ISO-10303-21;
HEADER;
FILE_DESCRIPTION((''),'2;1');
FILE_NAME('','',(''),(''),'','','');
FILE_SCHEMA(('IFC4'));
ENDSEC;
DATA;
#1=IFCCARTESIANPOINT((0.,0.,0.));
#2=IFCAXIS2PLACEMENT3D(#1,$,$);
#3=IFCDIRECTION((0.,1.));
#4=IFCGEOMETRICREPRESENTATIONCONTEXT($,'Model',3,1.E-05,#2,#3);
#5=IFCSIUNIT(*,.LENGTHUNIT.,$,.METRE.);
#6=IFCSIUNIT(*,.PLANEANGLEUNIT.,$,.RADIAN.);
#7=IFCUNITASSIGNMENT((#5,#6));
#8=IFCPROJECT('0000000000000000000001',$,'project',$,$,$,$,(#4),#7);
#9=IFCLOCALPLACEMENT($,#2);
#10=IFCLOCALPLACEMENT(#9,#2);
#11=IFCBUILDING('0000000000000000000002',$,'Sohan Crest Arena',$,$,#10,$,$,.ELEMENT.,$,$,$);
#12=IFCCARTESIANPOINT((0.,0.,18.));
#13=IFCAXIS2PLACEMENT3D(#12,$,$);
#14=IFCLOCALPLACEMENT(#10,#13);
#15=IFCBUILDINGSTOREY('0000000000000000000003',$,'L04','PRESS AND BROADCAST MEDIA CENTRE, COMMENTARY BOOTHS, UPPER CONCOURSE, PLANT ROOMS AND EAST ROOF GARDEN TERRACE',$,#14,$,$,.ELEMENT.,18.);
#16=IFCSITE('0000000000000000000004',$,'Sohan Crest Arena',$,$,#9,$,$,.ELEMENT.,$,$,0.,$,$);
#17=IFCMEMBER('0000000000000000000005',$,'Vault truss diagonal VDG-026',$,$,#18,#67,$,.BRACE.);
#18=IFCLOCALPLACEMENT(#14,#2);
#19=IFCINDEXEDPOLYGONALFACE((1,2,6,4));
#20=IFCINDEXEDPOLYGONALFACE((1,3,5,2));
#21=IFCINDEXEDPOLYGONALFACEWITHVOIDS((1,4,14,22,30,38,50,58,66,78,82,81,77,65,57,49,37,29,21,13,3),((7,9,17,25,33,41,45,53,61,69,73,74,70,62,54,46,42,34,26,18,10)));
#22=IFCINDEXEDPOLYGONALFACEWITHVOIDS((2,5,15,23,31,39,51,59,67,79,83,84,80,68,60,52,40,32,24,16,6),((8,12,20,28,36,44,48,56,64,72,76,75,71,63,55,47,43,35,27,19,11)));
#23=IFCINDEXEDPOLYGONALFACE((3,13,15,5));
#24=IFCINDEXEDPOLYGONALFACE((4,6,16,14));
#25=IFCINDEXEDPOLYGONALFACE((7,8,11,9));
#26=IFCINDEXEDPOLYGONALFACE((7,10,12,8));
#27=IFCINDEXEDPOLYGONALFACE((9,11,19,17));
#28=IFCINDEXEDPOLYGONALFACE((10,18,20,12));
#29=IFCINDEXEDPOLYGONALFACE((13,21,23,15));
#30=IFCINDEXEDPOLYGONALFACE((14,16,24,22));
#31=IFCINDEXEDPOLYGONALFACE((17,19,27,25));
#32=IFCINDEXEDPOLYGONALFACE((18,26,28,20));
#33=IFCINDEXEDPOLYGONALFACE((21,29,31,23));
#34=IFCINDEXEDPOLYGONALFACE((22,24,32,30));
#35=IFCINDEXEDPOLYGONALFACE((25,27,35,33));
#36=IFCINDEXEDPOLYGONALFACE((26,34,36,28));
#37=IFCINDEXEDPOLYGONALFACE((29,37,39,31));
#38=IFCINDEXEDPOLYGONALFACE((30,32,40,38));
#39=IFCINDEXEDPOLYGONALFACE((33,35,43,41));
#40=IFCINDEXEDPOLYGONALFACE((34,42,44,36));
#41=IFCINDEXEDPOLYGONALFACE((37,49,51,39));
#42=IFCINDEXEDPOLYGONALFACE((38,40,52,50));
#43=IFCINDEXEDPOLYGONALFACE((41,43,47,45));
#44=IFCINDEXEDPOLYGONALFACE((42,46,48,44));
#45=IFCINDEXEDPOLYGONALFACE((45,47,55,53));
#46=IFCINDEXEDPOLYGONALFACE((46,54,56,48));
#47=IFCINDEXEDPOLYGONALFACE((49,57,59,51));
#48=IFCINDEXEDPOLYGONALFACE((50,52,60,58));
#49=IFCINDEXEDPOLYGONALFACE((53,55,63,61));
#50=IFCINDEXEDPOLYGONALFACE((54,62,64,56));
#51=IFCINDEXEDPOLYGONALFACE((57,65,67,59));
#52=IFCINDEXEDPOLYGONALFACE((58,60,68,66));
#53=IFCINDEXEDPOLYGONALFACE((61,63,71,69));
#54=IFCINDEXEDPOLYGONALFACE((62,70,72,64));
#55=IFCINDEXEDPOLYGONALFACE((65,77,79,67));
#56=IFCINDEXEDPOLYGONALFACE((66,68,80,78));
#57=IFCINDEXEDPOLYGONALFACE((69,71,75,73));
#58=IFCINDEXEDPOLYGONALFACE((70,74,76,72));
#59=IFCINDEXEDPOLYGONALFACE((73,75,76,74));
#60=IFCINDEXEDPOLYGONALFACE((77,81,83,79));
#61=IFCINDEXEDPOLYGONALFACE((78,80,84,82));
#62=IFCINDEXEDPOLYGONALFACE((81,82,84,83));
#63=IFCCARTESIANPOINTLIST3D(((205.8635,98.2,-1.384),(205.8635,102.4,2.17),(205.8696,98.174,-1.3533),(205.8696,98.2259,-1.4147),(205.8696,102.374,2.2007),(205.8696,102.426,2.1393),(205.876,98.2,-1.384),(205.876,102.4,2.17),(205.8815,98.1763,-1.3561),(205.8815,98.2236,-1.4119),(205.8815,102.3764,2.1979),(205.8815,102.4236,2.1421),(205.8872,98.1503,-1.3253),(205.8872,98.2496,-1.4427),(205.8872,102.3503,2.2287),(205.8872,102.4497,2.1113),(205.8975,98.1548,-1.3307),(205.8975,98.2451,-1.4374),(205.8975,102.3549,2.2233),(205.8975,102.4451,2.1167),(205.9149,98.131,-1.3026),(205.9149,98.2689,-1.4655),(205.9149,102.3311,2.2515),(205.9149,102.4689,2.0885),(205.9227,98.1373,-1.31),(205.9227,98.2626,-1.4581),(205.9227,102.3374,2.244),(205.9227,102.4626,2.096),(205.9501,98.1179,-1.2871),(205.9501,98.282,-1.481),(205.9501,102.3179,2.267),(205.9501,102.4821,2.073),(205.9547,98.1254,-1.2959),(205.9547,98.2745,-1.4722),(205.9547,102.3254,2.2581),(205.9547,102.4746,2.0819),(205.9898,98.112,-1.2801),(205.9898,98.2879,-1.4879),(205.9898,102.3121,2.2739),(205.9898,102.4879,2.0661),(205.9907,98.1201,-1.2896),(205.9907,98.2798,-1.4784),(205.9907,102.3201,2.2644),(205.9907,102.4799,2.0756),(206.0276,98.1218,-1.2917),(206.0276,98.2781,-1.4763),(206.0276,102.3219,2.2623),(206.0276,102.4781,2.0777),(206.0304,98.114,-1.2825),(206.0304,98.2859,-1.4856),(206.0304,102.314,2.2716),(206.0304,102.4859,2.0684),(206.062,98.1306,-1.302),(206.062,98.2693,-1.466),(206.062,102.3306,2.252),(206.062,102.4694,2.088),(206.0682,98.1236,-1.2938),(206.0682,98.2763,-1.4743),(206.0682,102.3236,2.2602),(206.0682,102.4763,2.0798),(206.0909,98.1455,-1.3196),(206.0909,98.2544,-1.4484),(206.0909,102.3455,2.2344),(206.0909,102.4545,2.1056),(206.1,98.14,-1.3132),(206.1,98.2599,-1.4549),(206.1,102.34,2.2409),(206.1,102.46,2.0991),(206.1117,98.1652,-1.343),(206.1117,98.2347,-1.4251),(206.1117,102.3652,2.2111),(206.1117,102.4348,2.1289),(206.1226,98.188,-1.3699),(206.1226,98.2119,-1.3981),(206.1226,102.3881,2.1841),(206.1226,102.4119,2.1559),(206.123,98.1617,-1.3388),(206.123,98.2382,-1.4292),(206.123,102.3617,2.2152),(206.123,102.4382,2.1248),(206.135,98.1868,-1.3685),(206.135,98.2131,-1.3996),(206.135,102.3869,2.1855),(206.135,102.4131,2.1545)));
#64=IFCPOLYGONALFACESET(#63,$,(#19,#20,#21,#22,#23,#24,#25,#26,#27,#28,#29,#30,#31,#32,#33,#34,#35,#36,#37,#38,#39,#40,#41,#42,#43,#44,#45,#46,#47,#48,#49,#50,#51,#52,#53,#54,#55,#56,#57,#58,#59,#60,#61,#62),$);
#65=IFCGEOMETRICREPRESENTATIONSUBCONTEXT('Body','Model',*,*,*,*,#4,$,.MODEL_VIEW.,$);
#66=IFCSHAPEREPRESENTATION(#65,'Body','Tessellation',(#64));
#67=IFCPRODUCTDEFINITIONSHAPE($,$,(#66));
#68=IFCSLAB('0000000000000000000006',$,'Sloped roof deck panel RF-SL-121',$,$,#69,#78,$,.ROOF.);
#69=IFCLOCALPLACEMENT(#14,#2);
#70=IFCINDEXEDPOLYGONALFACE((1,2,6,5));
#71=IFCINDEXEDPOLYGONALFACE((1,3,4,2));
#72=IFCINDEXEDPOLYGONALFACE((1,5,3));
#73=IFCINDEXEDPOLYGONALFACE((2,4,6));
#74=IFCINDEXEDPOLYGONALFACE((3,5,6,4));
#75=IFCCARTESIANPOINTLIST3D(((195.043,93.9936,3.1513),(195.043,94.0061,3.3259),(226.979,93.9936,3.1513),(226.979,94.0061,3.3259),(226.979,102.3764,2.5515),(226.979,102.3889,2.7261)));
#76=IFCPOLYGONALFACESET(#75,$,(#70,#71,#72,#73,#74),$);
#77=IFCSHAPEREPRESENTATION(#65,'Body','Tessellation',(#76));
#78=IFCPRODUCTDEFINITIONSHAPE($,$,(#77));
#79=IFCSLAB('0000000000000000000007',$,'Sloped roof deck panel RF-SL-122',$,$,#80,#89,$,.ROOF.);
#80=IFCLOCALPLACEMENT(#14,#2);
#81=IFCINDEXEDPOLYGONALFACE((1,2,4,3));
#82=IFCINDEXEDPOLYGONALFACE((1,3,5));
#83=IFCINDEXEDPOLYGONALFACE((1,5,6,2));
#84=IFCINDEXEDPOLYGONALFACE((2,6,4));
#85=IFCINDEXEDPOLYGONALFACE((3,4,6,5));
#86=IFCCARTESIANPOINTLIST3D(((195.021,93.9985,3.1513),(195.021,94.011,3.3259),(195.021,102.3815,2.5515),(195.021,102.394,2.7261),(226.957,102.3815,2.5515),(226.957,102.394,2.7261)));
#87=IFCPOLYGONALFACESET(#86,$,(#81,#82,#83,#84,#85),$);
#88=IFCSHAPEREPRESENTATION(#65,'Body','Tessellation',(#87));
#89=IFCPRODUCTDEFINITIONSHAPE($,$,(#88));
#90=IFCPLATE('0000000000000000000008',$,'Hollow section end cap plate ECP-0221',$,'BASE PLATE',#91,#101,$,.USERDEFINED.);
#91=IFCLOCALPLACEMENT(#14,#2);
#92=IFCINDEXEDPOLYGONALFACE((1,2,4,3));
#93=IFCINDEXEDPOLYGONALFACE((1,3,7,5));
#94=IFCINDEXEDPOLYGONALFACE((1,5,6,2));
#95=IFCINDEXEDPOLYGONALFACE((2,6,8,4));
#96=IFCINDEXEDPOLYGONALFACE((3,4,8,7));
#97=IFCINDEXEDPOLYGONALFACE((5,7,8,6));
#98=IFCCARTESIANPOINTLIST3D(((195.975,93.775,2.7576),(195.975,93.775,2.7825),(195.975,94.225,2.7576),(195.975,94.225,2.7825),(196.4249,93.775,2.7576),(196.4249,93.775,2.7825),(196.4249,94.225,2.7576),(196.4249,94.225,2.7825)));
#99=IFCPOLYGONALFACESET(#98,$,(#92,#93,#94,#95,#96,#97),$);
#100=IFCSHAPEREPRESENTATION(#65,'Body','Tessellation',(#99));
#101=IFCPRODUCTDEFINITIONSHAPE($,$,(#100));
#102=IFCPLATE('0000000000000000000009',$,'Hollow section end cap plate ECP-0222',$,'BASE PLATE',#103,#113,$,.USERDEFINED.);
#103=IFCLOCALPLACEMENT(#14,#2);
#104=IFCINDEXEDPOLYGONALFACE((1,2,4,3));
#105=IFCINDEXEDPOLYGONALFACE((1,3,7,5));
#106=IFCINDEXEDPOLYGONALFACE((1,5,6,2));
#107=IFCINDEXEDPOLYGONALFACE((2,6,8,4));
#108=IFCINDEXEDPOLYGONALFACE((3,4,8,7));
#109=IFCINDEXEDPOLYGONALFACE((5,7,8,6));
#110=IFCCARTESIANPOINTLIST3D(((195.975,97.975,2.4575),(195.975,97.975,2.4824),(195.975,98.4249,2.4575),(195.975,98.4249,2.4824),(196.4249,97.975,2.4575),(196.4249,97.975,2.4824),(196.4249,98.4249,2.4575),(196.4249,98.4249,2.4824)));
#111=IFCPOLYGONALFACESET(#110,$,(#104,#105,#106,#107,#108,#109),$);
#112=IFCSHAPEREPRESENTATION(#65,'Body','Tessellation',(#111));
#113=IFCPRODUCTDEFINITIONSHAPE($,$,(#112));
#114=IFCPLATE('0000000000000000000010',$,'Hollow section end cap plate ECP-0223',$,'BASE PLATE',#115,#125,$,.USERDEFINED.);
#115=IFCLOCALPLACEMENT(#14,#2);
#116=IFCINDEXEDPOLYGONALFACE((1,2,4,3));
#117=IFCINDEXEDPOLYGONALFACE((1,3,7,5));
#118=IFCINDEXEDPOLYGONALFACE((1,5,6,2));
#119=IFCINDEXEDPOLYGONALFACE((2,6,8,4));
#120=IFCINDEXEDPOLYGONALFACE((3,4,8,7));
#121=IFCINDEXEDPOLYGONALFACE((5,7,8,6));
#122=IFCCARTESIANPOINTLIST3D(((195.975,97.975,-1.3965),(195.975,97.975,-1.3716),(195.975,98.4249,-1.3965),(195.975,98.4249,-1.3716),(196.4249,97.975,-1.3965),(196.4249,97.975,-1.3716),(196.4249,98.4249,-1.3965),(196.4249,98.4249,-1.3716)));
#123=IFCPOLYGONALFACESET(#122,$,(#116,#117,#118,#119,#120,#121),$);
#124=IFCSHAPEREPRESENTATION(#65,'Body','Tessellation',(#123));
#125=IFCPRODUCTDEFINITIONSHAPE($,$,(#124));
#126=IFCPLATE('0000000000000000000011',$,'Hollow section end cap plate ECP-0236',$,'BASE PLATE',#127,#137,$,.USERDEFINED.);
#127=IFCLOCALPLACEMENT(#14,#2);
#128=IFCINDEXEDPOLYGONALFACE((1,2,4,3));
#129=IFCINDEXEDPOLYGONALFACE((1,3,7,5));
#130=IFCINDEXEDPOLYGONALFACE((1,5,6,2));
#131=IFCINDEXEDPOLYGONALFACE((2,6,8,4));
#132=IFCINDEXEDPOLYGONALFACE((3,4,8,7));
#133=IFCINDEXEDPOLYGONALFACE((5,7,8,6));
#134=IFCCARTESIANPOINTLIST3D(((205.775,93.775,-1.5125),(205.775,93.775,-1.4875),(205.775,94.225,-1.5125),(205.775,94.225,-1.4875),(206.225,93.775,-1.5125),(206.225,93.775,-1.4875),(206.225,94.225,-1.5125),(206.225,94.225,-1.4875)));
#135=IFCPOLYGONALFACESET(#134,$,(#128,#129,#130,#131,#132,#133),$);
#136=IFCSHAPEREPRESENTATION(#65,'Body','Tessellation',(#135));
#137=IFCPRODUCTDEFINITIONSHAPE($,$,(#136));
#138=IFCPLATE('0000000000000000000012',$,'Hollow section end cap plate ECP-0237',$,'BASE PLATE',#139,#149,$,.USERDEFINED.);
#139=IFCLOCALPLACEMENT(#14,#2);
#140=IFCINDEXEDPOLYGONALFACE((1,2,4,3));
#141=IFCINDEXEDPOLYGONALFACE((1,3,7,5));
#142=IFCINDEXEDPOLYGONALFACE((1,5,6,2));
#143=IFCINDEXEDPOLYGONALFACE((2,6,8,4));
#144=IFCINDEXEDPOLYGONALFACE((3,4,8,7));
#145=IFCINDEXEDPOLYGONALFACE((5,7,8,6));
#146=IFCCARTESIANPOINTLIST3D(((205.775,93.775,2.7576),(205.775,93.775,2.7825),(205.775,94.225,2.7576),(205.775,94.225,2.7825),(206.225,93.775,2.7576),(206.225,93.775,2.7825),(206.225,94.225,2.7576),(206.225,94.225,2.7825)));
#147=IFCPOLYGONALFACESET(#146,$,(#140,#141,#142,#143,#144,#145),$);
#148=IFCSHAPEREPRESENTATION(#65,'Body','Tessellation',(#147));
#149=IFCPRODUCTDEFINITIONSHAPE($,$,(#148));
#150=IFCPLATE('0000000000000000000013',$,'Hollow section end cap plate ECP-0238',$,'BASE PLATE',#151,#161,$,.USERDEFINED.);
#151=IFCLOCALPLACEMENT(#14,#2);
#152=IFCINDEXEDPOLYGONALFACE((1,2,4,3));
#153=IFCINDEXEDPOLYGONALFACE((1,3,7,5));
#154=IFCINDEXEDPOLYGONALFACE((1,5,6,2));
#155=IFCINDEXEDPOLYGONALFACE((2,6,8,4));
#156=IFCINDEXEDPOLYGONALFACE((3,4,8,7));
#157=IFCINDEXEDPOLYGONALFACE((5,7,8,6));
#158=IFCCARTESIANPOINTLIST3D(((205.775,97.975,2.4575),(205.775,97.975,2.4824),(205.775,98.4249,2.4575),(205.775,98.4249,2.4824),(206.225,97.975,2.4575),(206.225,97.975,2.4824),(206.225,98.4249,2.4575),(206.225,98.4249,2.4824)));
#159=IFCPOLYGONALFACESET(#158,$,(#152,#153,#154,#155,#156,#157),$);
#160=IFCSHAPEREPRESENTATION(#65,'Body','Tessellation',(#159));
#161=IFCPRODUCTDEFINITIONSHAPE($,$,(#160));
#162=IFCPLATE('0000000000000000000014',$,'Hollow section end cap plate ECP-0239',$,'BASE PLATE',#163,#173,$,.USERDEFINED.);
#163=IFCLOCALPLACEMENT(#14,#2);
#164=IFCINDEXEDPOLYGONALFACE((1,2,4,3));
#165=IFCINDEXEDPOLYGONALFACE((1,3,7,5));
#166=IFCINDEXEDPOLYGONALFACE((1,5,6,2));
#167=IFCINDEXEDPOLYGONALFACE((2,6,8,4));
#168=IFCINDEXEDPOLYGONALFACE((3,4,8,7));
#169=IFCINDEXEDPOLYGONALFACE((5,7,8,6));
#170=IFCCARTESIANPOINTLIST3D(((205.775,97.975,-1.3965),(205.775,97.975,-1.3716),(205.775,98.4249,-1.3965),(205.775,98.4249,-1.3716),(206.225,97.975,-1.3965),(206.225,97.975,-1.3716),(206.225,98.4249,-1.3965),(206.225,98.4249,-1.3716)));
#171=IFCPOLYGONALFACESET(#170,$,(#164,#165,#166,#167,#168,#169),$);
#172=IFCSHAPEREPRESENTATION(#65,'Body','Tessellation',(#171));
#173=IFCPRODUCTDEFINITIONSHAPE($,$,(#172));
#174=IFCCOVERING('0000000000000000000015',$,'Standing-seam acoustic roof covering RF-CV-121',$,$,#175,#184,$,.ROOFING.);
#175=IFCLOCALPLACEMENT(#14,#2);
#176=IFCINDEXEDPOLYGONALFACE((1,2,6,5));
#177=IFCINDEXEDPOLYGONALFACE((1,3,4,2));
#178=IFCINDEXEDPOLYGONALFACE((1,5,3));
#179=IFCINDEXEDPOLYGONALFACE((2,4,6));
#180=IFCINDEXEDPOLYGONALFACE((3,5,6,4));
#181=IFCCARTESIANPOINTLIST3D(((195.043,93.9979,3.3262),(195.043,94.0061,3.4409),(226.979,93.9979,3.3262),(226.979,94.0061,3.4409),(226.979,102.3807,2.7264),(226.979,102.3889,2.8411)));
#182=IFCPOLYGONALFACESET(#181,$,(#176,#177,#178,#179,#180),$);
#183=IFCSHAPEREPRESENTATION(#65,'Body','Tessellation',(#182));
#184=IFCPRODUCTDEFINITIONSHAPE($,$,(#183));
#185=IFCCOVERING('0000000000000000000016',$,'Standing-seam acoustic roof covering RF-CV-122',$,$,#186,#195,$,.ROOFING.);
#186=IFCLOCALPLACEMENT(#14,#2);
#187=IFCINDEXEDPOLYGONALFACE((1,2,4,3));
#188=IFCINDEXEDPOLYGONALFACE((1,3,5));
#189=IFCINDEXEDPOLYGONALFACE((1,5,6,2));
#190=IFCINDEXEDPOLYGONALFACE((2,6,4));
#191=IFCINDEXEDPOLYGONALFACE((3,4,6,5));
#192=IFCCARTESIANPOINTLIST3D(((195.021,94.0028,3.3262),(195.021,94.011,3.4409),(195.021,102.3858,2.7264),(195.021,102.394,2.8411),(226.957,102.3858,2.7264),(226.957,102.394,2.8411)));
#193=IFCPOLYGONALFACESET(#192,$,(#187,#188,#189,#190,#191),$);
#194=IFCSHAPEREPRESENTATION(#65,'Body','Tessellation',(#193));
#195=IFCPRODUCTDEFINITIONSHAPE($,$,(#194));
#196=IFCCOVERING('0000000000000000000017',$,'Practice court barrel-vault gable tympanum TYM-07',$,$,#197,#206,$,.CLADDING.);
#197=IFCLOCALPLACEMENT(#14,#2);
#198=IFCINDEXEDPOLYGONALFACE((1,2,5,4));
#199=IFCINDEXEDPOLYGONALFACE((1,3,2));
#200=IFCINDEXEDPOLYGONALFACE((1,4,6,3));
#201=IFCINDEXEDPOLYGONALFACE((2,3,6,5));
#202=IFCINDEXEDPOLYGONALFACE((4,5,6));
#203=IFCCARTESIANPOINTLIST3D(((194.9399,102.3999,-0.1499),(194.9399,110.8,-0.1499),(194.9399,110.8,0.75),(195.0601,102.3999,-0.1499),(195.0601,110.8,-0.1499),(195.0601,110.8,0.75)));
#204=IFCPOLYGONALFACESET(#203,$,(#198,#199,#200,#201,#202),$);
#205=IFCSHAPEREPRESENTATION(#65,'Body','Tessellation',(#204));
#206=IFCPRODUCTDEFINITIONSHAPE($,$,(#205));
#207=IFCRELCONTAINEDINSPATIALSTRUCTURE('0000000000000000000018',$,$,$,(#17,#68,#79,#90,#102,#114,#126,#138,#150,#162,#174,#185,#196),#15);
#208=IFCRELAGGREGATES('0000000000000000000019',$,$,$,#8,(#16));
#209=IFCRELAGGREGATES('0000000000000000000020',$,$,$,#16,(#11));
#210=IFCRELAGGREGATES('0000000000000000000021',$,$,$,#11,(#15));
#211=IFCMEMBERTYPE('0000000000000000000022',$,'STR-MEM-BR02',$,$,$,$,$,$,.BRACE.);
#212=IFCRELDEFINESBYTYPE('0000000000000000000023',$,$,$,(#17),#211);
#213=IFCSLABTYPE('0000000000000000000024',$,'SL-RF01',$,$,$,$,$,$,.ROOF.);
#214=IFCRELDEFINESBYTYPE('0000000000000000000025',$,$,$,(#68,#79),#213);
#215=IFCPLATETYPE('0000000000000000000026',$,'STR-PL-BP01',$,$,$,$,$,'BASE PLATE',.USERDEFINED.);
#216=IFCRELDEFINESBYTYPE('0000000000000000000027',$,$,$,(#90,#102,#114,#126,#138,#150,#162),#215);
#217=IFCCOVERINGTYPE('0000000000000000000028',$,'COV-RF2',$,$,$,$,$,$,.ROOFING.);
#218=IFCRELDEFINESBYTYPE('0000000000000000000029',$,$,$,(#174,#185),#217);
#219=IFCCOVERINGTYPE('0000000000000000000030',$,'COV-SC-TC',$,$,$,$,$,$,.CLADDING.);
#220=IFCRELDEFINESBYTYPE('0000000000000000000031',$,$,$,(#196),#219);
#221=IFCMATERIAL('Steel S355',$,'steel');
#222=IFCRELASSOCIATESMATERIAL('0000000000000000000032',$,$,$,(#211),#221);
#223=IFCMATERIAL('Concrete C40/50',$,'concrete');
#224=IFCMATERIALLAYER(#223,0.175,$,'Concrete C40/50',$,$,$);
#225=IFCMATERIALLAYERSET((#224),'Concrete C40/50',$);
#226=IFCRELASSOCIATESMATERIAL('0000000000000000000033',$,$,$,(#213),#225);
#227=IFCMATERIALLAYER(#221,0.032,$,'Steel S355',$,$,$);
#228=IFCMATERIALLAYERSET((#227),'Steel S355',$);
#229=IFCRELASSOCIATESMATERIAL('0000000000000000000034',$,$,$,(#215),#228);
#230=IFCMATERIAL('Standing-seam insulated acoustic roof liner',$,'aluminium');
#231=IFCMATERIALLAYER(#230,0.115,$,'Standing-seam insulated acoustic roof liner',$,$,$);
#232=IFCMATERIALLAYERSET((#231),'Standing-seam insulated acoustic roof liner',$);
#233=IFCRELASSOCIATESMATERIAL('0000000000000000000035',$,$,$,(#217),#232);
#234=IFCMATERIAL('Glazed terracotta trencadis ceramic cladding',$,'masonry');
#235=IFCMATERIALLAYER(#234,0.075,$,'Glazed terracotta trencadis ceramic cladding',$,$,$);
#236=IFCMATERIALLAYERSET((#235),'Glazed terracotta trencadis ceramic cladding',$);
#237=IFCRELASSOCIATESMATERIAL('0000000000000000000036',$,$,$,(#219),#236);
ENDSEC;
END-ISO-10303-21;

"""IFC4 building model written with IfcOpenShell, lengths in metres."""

from ifc_helpers import new_model, si_unit, direction, frame, origin, origin_2d, place, context, subcontext, project, spatial, polyline, rectangle, hollow_circle, outline, extrude, material, layer, layer_set, material_profile, profile_set, type_object, element, save


model = new_model("IFC4")

# Units and contexts
model_context = context("Model", 3, precision=1e-05, world=origin(), true_north=direction((0.0, 1.0)))
body_context = subcontext(model_context, "Body", "Model", "MODEL_VIEW")
ifc_project = project(units=[si_unit("LENGTHUNIT", "METRE"), si_unit("PLANEANGLEUNIT", "RADIAN")], contexts=[model_context])

# Site, building, storey
site_placement = place(None, origin())
site = spatial("IfcSite", under=ifc_project, at=site_placement, Name="Sohan Crest Arena", CompositionType="ELEMENT", RefElevation=0.0)
building_placement = place(site_placement, origin())
building = spatial("IfcBuilding", under=site, at=building_placement, Name="Sohan Crest Arena", CompositionType="ELEMENT")
storey_placement = place(building_placement, frame((0.0, 0.0, 18.0)))
storey = spatial("IfcBuildingStorey", under=building, at=storey_placement, Name="L04", Description="PRESS AND BROADCAST MEDIA CENTRE, COMMENTARY BOOTHS, UPPER CONCOURSE, PLANT ROOMS AND EAST ROOF GARDEN TERRACE", CompositionType="ELEMENT", Elevation=18.0)

# Shared definitions
ifc_material_1 = material(Name="Steel S355", Category="steel")

# Member
ifc_material_profile_1 = material_profile(ifc_material_1, hollow_circle(Radius=0.1365, WallThickness=0.0125, at=origin_2d()), Name="CHS 273x12.5")
ifc_profile_set_1 = profile_set([ifc_material_profile_1], Name="Steel S355")
member_type_1 = type_object("IfcMemberType", Name="STR-MEM-BR02", PredefinedType="BRACE", material=ifc_profile_set_1)
member_1_placement = place(storey_placement, frame((206.0, 98.2, -1.384), z_axis=(0.0, 0.763373, 0.645958), x_axis=(-1.0, 0.0, 0.0)))
element("IfcMember", 1, at=member_1_placement, inside=storey, type_object=member_type_1, Name="Vault truss diagonal VDG-026", PredefinedType="BRACE", context=body_context, shape_type="SweptSolid", body=[
    extrude(hollow_circle(Radius=0.1365, WallThickness=0.0125, at=origin_2d()), origin(), (0.0, 0.0, 1.0), 5.502),
])

# Slabs
ifc_material_2 = material(Name="Concrete C40/50", Category="concrete")
ifc_layer_1 = layer(ifc_material_2, 0.175, Name="Concrete C40/50")
ifc_layer_set_1 = layer_set([ifc_layer_1], Name="Concrete C40/50")
slab_type = type_object("IfcSlabType", Name="SL-RF01", PredefinedType="ROOF", material=ifc_layer_set_1)
slab_1_placement = place(storey_placement, frame((195.043, 94.0061, 3.3259), z_axis=(0.0, 0.071375, 0.99745), x_axis=(1.0, 0.0, 0.0)))
element("IfcSlab", 2, at=slab_1_placement, inside=storey, type_object=slab_type, Name="Sloped roof deck panel RF-SL-121", PredefinedType="ROOF", context=body_context, shape_type="SweptSolid", body=[
    extrude(outline(polyline([(0.0, 0.0), (31.936, 0.0), (31.936, 8.4042), (0.0, 0.0)])), origin(), (0.0, 0.0, -1.0), 0.175),
])
slab_2_placement = place(storey_placement, frame((195.021, 94.011, 3.3259), z_axis=(0.0, 0.071373, 0.99745), x_axis=(0.967073, 0.253852, -0.018164)))
element("IfcSlab", 3, at=slab_2_placement, inside=storey, type_object=slab_type, Name="Sloped roof deck panel RF-SL-122", PredefinedType="ROOF", context=body_context, shape_type="SweptSolid", body=[
    extrude(outline(polyline([(0.0, 0.0), (33.0234, 0.0), (2.139, 8.1278), (0.0, 0.0)])), origin(), (0.0, 0.0, -1.0), 0.175),
])

# Plates
ifc_layer_2 = layer(ifc_material_1, 0.032, Name="Steel S355")
ifc_layer_set_2 = layer_set([ifc_layer_2], Name="Steel S355")
plate_type = type_object("IfcPlateType", Name="STR-PL-BP01", ElementType="BASE PLATE", PredefinedType="USERDEFINED", material=ifc_layer_set_2)
for number, where, z_axis, x_axis, name in (
    (4, (196.2, 94.0, 2.7576), (0.0, 0.0, 1.0), (1.0, 0.0, 0.0), "Hollow section end cap plate ECP-0221"),
    (5, (196.2, 98.2, 2.4575), (0.0, 0.0, 1.0), (1.0, 0.0, 0.0), "Hollow section end cap plate ECP-0222"),
    (6, (196.2, 98.2, -1.3965), (0.0, 0.0, 1.0), (1.0, 0.0, 0.0), "Hollow section end cap plate ECP-0223"),
    (7, (206.0, 94.0, -1.5125), (0.0, 0.0, 1.0), (1.0, 0.0, 0.0), "Hollow section end cap plate ECP-0236"),
    (8, (206.0, 94.0, 2.7576), (0.0, 0.0, 1.0), (1.0, 0.0, 0.0), "Hollow section end cap plate ECP-0237"),
    (9, (206.0, 98.2, 2.4575), (0.0, 0.0, 1.0), (1.0, 0.0, 0.0), "Hollow section end cap plate ECP-0238"),
    (10, (206.0, 98.2, -1.3965), (0.0, 0.0, 1.0), (1.0, 0.0, 0.0), "Hollow section end cap plate ECP-0239"),
):
    element("IfcPlate", number, at=place(storey_placement, frame(where, z_axis=z_axis, x_axis=x_axis)), inside=storey, type_object=plate_type, Name=name, ObjectType="BASE PLATE", PredefinedType="USERDEFINED", context=body_context, shape_type="SweptSolid", body=[
        extrude(rectangle(XDim=0.45, YDim=0.45, at=origin_2d()), origin(), (0.0, 0.0, 1.0), 0.0249),
    ])

# Coverings
ifc_material_3 = material(Name="Standing-seam insulated acoustic roof liner", Category="aluminium")
ifc_layer_3 = layer(ifc_material_3, 0.115, Name="Standing-seam insulated acoustic roof liner")
ifc_layer_set_3 = layer_set([ifc_layer_3], Name="Standing-seam insulated acoustic roof liner")
covering_type_1 = type_object("IfcCoveringType", Name="COV-RF2", PredefinedType="ROOFING", material=ifc_layer_set_3)
covering_1_placement = place(storey_placement, frame((195.043, 94.0061, 3.4409), z_axis=(0.0, 0.071375, 0.99745), x_axis=(1.0, 0.0, 0.0)))
element("IfcCovering", 11, at=covering_1_placement, inside=storey, type_object=covering_type_1, Name="Standing-seam acoustic roof covering RF-CV-121", PredefinedType="ROOFING", context=body_context, shape_type="SweptSolid", body=[
    extrude(outline(polyline([(0.0, 0.0), (31.936, 0.0), (31.936, 8.4042), (0.0, 0.0)])), origin(), (0.0, 0.0, -1.0), 0.115),
])
covering_2_placement = place(storey_placement, frame((195.021, 94.011, 3.4409), z_axis=(0.0, 0.071373, 0.99745), x_axis=(0.967073, 0.253852, -0.018164)))
element("IfcCovering", 12, at=covering_2_placement, inside=storey, type_object=covering_type_1, Name="Standing-seam acoustic roof covering RF-CV-122", PredefinedType="ROOFING", context=body_context, shape_type="SweptSolid", body=[
    extrude(outline(polyline([(0.0, 0.0), (33.0234, 0.0), (2.139, 8.1278), (0.0, 0.0)])), origin(), (0.0, 0.0, -1.0), 0.115),
])
ifc_material_4 = material(Name="Glazed terracotta trencadis ceramic cladding", Category="masonry")
ifc_layer_4 = layer(ifc_material_4, 0.075, Name="Glazed terracotta trencadis ceramic cladding")
ifc_layer_set_4 = layer_set([ifc_layer_4], Name="Glazed terracotta trencadis ceramic cladding")
covering_type_2 = type_object("IfcCoveringType", Name="COV-SC-TC", PredefinedType="CLADDING", material=ifc_layer_set_4)
covering_3_placement = place(storey_placement, frame((195.0601, 102.3999, -0.1499), z_axis=(1.0, 0.0, 0.0), x_axis=(0.0, 1.0, 0.0)))
element("IfcCovering", 13, at=covering_3_placement, inside=storey, type_object=covering_type_2, Name="Practice court barrel-vault gable tympanum TYM-07", PredefinedType="CLADDING", context=body_context, shape_type="SweptSolid", body=[
    extrude(outline(polyline([(0.0, 0.0), (8.4001, 0.0), (8.4001, 0.8999), (0.0, 0.0)])), origin(), (0.0, 0.0, -1.0), 0.1201),
])

save(model, "model.ifc")
